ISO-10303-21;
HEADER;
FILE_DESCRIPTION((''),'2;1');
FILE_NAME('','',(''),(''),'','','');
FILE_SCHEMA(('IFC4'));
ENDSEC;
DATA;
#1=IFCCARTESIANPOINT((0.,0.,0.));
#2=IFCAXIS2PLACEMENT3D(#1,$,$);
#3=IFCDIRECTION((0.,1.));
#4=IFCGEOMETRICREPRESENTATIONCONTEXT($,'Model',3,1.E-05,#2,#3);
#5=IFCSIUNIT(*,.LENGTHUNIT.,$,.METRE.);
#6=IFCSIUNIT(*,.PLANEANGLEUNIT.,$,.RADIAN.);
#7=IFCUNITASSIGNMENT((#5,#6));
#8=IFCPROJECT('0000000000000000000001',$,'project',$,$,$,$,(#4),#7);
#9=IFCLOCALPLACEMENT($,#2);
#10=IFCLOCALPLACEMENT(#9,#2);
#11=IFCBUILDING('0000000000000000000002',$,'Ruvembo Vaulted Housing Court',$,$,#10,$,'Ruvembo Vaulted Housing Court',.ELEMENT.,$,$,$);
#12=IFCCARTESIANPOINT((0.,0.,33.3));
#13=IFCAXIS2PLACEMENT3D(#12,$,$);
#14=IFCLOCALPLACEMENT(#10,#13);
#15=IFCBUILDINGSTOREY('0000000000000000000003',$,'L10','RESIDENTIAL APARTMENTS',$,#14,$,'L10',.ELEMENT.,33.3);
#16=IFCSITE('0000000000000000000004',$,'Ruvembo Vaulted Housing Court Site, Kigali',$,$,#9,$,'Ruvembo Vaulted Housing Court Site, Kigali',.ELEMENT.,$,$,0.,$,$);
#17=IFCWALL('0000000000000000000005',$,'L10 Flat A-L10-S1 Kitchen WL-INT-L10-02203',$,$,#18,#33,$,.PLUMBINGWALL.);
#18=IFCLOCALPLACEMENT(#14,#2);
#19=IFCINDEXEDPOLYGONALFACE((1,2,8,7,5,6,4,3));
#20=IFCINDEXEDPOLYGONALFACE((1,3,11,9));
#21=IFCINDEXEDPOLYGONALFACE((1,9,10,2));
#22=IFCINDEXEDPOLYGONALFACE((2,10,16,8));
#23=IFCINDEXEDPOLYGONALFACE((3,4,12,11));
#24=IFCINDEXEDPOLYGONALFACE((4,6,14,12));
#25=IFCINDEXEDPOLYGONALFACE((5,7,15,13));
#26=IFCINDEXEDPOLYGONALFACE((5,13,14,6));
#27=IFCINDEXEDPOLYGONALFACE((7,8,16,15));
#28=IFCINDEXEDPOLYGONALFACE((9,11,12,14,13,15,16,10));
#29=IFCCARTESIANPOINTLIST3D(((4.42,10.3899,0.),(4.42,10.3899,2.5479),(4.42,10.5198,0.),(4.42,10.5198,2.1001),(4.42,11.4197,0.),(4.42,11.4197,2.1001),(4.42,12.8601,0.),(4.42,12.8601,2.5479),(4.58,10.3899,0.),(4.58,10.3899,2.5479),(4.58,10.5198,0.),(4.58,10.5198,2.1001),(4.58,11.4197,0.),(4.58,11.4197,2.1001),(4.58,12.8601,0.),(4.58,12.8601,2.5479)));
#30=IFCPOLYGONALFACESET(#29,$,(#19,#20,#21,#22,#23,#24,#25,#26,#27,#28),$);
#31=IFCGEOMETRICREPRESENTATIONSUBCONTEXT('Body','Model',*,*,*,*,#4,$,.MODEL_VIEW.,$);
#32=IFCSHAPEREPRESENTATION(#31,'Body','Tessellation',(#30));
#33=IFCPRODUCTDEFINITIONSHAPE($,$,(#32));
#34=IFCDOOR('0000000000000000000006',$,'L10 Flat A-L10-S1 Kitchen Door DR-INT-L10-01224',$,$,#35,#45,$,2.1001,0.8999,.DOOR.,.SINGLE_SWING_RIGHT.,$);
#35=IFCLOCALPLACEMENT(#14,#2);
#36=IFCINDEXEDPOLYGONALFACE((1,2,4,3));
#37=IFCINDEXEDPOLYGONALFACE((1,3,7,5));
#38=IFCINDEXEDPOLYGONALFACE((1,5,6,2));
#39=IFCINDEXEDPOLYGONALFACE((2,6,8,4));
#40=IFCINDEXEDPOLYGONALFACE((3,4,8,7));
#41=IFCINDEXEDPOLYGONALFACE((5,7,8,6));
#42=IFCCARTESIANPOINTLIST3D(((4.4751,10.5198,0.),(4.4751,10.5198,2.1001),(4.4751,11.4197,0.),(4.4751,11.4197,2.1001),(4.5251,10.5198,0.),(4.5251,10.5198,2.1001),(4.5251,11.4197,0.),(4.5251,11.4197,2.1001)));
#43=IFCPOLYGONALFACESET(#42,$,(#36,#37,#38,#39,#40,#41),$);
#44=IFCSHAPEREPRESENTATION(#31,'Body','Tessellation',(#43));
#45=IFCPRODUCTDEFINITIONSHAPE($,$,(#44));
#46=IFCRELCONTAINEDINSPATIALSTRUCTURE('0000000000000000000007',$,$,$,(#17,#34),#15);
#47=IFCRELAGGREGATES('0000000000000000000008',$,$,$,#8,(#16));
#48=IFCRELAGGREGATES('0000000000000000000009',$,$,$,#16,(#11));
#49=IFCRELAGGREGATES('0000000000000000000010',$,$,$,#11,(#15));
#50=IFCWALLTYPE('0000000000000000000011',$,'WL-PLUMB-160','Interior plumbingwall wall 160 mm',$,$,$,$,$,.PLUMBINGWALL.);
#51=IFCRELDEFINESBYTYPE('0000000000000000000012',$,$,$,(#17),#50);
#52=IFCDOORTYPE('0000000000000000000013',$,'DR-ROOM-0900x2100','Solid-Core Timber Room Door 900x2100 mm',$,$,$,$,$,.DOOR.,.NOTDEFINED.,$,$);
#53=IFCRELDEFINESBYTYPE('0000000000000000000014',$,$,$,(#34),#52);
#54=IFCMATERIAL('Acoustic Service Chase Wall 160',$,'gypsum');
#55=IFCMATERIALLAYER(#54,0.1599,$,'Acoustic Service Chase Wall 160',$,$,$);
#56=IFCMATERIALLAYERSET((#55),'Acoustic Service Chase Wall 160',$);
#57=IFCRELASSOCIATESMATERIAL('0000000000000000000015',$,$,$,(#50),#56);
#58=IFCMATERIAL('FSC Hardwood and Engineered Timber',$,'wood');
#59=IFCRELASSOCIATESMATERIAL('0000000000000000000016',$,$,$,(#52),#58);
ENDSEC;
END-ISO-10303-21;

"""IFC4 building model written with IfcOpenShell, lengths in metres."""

from ifc_helpers import new_model, si_unit, direction, frame, frame_2d, origin, place, context, subcontext, project, spatial, rectangle, extrude, material, layer, layer_set, type_object, element, fill, save


model = new_model("IFC4")

# Units and contexts
model_context = context("Model", 3, precision=1e-05, world=origin(), true_north=direction((0.0, 1.0)))
body_context = subcontext(model_context, "Body", "Model", "MODEL_VIEW")
ifc_project = project(units=[si_unit("LENGTHUNIT", "METRE"), si_unit("PLANEANGLEUNIT", "RADIAN")], contexts=[model_context])

# Site, building, storey
site_placement = place(None, origin())
site = spatial("IfcSite", under=ifc_project, at=site_placement, Name="Ruvembo Vaulted Housing Court Site, Kigali", LongName="Ruvembo Vaulted Housing Court Site, Kigali", CompositionType="ELEMENT", RefElevation=0.0)
building_placement = place(site_placement, origin())
building = spatial("IfcBuilding", under=site, at=building_placement, Name="Ruvembo Vaulted Housing Court", LongName="Ruvembo Vaulted Housing Court", CompositionType="ELEMENT")
storey_placement = place(building_placement, frame((0.0, 0.0, 33.3)))
storey = spatial("IfcBuildingStorey", under=building, at=storey_placement, Name="L10", Description="RESIDENTIAL APARTMENTS", LongName="L10", CompositionType="ELEMENT", Elevation=33.3)

# Wall, opening, door
ifc_material_1 = material(Name="Acoustic Service Chase Wall 160", Category="gypsum")
ifc_layer_1 = layer(ifc_material_1, 0.1599, Name="Acoustic Service Chase Wall 160")
ifc_layer_set_1 = layer_set([ifc_layer_1], Name="Acoustic Service Chase Wall 160")
wall_type_1 = type_object("IfcWallType", Name="WL-PLUMB-160", Description="Interior plumbingwall wall 160 mm", PredefinedType="PLUMBINGWALL", material=ifc_layer_set_1)
wall_1_placement = place(storey_placement, frame((4.5, 10.3899, 0.0), z_axis=(0.0, 0.0, 1.0), x_axis=(0.0, 1.0, 0.0)))
wall_1 = element("IfcWall", 1, at=wall_1_placement, inside=storey, type_object=wall_type_1, Name="L10 Flat A-L10-S1 Kitchen WL-INT-L10-02203", PredefinedType="PLUMBINGWALL", context=body_context, shape_type="SweptSolid", body=[
    extrude(rectangle(XDim=2.4702, YDim=0.1599, at=frame_2d((1.2351, 0.0))), origin(), (0.0, 0.0, 1.0), 2.5479),
])
opening_1_placement = place(wall_1_placement, frame((0.1299, 0.0, 0.0)))
opening_1 = element("IfcOpeningElement", 2, at=opening_1_placement, cuts=wall_1, PredefinedType="OPENING", context=body_context, shape_type="SweptSolid", body=[
    extrude(rectangle(XDim=0.8999, YDim=2.1001, at=frame_2d((0.45, 1.05))), frame((0.0, 0.0898, 0.0), z_axis=(0.0, -1.0, 0.0), x_axis=(1.0, 0.0, 0.0)), (0.0, 0.0, 1.0), 0.1799),
])
ifc_material_2 = material(Name="FSC Hardwood and Engineered Timber", Category="wood")
door_type = type_object("IfcDoorType", Name="DR-ROOM-0900x2100", Description="Solid-Core Timber Room Door 900x2100 mm", OperationType="NOTDEFINED", PredefinedType="DOOR", material=ifc_material_2)
door_placement = place(opening_1_placement, origin())
door = element("IfcDoor", 3, at=door_placement, inside=storey, type_object=door_type, Name="L10 Flat A-L10-S1 Kitchen Door DR-INT-L10-01224", OperationType="SINGLE_SWING_RIGHT", OverallHeight=2.1001, OverallWidth=0.8999, PredefinedType="DOOR", context=body_context, shape_type="SweptSolid", body=[
    extrude(rectangle(XDim=0.8999, YDim=2.1001, at=frame_2d((0.45, 1.05))), frame((0.0, 0.0249, 0.0), z_axis=(0.0, -1.0, 0.0), x_axis=(1.0, 0.0, 0.0)), (0.0, 0.0, 1.0), 0.05),
])
fill(opening_1, door)

save(model, "model.ifc")
